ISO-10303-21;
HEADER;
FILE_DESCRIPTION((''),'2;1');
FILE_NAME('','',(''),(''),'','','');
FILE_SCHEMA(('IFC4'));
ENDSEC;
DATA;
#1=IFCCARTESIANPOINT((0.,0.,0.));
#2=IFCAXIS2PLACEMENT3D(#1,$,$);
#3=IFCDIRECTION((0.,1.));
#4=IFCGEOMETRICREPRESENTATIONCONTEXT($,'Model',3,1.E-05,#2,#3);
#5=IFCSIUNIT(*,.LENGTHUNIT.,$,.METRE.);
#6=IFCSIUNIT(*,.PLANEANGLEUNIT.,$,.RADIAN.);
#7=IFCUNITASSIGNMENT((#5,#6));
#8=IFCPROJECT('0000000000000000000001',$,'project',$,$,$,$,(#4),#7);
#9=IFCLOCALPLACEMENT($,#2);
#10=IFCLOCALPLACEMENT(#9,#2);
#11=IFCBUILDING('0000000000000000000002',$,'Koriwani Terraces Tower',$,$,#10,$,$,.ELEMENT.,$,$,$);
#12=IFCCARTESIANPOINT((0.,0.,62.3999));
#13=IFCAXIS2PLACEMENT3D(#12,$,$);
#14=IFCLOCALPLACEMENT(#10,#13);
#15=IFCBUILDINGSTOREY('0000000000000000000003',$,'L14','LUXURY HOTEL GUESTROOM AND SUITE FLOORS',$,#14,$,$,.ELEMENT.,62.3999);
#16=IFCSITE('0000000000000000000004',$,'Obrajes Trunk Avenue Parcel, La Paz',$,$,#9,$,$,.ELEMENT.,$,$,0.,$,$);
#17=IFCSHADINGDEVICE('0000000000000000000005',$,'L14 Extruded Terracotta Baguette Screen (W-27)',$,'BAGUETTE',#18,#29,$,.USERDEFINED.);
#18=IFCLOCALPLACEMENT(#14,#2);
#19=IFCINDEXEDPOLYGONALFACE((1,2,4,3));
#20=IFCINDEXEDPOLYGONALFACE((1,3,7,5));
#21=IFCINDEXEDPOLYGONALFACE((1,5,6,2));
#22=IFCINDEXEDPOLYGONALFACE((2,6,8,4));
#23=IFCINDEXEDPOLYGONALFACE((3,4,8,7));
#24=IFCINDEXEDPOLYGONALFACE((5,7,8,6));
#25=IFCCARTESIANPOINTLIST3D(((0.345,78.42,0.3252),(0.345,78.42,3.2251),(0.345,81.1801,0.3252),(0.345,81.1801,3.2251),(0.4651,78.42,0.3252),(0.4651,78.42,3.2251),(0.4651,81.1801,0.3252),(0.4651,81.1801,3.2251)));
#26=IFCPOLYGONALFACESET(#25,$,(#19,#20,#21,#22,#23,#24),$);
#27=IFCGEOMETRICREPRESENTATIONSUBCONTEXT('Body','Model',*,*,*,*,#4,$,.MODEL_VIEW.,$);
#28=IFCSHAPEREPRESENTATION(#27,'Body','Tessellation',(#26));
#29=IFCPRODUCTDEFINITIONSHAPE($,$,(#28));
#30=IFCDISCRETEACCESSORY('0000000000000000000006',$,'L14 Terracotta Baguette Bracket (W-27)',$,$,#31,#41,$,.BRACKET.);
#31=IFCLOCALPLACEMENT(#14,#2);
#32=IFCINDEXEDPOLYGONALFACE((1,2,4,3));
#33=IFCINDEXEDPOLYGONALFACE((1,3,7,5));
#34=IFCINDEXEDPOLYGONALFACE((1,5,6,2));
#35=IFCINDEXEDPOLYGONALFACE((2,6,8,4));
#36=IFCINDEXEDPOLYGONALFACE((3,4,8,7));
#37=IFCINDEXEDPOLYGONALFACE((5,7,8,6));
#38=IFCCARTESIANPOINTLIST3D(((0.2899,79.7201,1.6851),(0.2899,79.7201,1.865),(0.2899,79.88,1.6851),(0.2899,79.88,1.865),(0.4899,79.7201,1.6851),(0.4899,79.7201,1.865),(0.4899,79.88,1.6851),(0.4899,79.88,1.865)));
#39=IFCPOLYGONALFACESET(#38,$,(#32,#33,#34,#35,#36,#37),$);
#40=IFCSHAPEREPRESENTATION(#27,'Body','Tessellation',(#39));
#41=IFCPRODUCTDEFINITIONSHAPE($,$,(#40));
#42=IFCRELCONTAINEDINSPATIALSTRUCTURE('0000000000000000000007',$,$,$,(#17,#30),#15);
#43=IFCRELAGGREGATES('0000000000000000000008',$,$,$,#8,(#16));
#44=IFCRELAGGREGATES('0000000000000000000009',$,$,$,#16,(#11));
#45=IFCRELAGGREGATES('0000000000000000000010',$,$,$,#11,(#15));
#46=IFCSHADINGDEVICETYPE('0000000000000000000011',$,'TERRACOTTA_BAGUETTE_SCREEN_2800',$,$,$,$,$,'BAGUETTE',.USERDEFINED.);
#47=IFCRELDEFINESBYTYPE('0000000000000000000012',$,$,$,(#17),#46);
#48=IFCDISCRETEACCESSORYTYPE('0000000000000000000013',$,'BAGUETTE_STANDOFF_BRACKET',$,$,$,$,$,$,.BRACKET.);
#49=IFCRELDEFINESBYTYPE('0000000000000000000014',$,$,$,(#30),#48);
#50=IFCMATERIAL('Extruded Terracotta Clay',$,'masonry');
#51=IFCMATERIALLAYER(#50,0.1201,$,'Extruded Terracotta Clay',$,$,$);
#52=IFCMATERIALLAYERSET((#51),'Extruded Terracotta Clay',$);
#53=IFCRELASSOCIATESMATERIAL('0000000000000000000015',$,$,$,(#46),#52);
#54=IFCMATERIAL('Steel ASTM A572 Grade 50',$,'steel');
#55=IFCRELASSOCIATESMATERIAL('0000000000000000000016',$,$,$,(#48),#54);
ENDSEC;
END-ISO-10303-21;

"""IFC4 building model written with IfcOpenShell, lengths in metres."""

from ifc_helpers import new_model, si_unit, direction, frame, origin, origin_2d, place, context, subcontext, project, spatial, rectangle, extrude, material, layer, layer_set, type_object, element, save


model = new_model("IFC4")

# Units and contexts
model_context = context("Model", 3, precision=1e-05, world=origin(), true_north=direction((0.0, 1.0)))
body_context = subcontext(model_context, "Body", "Model", "MODEL_VIEW")
ifc_project = project(units=[si_unit("LENGTHUNIT", "METRE"), si_unit("PLANEANGLEUNIT", "RADIAN")], contexts=[model_context])

# Site, building, storey
site_placement = place(None, origin())
site = spatial("IfcSite", under=ifc_project, at=site_placement, Name="Obrajes Trunk Avenue Parcel, La Paz", CompositionType="ELEMENT", RefElevation=0.0)
building_placement = place(site_placement, origin())
building = spatial("IfcBuilding", under=site, at=building_placement, Name="Koriwani Terraces Tower", CompositionType="ELEMENT")
storey_placement = place(building_placement, frame((0.0, 0.0, 62.3999)))
storey = spatial("IfcBuildingStorey", under=building, at=storey_placement, Name="L14", Description="LUXURY HOTEL GUESTROOM AND SUITE FLOORS", CompositionType="ELEMENT", Elevation=62.3999)

# Shared definitions
ifc_material_1 = material(Name="Steel ASTM A572 Grade 50", Category="steel")

# Shading device
ifc_material_2 = material(Name="Extruded Terracotta Clay", Category="masonry")
ifc_layer_1 = layer(ifc_material_2, 0.1201, Name="Extruded Terracotta Clay")
ifc_layer_set_1 = layer_set([ifc_layer_1], Name="Extruded Terracotta Clay")
shading_device_type = type_object("IfcShadingDeviceType", Name="TERRACOTTA_BAGUETTE_SCREEN_2800", ElementType="BAGUETTE", PredefinedType="USERDEFINED", material=ifc_layer_set_1)
shading_device_placement = place(storey_placement, frame((0.405, 79.8, 0.3252), z_axis=(0.0, 0.0, 1.0), x_axis=(0.0, 1.0, 0.0)))
element("IfcShadingDevice", 1, at=shading_device_placement, inside=storey, type_object=shading_device_type, Name="L14 Extruded Terracotta Baguette Screen (W-27)", ObjectType="BAGUETTE", PredefinedType="USERDEFINED", context=body_context, shape_type="SweptSolid", body=[
    extrude(rectangle(XDim=2.76, YDim=0.1201, at=origin_2d()), origin(), (0.0, 0.0, 1.0), 2.8999),
])

# Discrete accessory
discrete_accessory_type = type_object("IfcDiscreteAccessoryType", Name="BAGUETTE_STANDOFF_BRACKET", PredefinedType="BRACKET", material=ifc_material_1)
discrete_accessory_placement = place(storey_placement, frame((0.3899, 79.8, 1.6851), z_axis=(0.0, 0.0, 1.0), x_axis=(0.0, 1.0, 0.0)))
element("IfcDiscreteAccessory", 2, at=discrete_accessory_placement, inside=storey, type_object=discrete_accessory_type, Name="L14 Terracotta Baguette Bracket (W-27)", PredefinedType="BRACKET", context=body_context, shape_type="SweptSolid", body=[
    extrude(rectangle(XDim=0.1599, YDim=0.2, at=origin_2d()), origin(), (0.0, 0.0, 1.0), 0.1799),
])

save(model, "model.ifc")
